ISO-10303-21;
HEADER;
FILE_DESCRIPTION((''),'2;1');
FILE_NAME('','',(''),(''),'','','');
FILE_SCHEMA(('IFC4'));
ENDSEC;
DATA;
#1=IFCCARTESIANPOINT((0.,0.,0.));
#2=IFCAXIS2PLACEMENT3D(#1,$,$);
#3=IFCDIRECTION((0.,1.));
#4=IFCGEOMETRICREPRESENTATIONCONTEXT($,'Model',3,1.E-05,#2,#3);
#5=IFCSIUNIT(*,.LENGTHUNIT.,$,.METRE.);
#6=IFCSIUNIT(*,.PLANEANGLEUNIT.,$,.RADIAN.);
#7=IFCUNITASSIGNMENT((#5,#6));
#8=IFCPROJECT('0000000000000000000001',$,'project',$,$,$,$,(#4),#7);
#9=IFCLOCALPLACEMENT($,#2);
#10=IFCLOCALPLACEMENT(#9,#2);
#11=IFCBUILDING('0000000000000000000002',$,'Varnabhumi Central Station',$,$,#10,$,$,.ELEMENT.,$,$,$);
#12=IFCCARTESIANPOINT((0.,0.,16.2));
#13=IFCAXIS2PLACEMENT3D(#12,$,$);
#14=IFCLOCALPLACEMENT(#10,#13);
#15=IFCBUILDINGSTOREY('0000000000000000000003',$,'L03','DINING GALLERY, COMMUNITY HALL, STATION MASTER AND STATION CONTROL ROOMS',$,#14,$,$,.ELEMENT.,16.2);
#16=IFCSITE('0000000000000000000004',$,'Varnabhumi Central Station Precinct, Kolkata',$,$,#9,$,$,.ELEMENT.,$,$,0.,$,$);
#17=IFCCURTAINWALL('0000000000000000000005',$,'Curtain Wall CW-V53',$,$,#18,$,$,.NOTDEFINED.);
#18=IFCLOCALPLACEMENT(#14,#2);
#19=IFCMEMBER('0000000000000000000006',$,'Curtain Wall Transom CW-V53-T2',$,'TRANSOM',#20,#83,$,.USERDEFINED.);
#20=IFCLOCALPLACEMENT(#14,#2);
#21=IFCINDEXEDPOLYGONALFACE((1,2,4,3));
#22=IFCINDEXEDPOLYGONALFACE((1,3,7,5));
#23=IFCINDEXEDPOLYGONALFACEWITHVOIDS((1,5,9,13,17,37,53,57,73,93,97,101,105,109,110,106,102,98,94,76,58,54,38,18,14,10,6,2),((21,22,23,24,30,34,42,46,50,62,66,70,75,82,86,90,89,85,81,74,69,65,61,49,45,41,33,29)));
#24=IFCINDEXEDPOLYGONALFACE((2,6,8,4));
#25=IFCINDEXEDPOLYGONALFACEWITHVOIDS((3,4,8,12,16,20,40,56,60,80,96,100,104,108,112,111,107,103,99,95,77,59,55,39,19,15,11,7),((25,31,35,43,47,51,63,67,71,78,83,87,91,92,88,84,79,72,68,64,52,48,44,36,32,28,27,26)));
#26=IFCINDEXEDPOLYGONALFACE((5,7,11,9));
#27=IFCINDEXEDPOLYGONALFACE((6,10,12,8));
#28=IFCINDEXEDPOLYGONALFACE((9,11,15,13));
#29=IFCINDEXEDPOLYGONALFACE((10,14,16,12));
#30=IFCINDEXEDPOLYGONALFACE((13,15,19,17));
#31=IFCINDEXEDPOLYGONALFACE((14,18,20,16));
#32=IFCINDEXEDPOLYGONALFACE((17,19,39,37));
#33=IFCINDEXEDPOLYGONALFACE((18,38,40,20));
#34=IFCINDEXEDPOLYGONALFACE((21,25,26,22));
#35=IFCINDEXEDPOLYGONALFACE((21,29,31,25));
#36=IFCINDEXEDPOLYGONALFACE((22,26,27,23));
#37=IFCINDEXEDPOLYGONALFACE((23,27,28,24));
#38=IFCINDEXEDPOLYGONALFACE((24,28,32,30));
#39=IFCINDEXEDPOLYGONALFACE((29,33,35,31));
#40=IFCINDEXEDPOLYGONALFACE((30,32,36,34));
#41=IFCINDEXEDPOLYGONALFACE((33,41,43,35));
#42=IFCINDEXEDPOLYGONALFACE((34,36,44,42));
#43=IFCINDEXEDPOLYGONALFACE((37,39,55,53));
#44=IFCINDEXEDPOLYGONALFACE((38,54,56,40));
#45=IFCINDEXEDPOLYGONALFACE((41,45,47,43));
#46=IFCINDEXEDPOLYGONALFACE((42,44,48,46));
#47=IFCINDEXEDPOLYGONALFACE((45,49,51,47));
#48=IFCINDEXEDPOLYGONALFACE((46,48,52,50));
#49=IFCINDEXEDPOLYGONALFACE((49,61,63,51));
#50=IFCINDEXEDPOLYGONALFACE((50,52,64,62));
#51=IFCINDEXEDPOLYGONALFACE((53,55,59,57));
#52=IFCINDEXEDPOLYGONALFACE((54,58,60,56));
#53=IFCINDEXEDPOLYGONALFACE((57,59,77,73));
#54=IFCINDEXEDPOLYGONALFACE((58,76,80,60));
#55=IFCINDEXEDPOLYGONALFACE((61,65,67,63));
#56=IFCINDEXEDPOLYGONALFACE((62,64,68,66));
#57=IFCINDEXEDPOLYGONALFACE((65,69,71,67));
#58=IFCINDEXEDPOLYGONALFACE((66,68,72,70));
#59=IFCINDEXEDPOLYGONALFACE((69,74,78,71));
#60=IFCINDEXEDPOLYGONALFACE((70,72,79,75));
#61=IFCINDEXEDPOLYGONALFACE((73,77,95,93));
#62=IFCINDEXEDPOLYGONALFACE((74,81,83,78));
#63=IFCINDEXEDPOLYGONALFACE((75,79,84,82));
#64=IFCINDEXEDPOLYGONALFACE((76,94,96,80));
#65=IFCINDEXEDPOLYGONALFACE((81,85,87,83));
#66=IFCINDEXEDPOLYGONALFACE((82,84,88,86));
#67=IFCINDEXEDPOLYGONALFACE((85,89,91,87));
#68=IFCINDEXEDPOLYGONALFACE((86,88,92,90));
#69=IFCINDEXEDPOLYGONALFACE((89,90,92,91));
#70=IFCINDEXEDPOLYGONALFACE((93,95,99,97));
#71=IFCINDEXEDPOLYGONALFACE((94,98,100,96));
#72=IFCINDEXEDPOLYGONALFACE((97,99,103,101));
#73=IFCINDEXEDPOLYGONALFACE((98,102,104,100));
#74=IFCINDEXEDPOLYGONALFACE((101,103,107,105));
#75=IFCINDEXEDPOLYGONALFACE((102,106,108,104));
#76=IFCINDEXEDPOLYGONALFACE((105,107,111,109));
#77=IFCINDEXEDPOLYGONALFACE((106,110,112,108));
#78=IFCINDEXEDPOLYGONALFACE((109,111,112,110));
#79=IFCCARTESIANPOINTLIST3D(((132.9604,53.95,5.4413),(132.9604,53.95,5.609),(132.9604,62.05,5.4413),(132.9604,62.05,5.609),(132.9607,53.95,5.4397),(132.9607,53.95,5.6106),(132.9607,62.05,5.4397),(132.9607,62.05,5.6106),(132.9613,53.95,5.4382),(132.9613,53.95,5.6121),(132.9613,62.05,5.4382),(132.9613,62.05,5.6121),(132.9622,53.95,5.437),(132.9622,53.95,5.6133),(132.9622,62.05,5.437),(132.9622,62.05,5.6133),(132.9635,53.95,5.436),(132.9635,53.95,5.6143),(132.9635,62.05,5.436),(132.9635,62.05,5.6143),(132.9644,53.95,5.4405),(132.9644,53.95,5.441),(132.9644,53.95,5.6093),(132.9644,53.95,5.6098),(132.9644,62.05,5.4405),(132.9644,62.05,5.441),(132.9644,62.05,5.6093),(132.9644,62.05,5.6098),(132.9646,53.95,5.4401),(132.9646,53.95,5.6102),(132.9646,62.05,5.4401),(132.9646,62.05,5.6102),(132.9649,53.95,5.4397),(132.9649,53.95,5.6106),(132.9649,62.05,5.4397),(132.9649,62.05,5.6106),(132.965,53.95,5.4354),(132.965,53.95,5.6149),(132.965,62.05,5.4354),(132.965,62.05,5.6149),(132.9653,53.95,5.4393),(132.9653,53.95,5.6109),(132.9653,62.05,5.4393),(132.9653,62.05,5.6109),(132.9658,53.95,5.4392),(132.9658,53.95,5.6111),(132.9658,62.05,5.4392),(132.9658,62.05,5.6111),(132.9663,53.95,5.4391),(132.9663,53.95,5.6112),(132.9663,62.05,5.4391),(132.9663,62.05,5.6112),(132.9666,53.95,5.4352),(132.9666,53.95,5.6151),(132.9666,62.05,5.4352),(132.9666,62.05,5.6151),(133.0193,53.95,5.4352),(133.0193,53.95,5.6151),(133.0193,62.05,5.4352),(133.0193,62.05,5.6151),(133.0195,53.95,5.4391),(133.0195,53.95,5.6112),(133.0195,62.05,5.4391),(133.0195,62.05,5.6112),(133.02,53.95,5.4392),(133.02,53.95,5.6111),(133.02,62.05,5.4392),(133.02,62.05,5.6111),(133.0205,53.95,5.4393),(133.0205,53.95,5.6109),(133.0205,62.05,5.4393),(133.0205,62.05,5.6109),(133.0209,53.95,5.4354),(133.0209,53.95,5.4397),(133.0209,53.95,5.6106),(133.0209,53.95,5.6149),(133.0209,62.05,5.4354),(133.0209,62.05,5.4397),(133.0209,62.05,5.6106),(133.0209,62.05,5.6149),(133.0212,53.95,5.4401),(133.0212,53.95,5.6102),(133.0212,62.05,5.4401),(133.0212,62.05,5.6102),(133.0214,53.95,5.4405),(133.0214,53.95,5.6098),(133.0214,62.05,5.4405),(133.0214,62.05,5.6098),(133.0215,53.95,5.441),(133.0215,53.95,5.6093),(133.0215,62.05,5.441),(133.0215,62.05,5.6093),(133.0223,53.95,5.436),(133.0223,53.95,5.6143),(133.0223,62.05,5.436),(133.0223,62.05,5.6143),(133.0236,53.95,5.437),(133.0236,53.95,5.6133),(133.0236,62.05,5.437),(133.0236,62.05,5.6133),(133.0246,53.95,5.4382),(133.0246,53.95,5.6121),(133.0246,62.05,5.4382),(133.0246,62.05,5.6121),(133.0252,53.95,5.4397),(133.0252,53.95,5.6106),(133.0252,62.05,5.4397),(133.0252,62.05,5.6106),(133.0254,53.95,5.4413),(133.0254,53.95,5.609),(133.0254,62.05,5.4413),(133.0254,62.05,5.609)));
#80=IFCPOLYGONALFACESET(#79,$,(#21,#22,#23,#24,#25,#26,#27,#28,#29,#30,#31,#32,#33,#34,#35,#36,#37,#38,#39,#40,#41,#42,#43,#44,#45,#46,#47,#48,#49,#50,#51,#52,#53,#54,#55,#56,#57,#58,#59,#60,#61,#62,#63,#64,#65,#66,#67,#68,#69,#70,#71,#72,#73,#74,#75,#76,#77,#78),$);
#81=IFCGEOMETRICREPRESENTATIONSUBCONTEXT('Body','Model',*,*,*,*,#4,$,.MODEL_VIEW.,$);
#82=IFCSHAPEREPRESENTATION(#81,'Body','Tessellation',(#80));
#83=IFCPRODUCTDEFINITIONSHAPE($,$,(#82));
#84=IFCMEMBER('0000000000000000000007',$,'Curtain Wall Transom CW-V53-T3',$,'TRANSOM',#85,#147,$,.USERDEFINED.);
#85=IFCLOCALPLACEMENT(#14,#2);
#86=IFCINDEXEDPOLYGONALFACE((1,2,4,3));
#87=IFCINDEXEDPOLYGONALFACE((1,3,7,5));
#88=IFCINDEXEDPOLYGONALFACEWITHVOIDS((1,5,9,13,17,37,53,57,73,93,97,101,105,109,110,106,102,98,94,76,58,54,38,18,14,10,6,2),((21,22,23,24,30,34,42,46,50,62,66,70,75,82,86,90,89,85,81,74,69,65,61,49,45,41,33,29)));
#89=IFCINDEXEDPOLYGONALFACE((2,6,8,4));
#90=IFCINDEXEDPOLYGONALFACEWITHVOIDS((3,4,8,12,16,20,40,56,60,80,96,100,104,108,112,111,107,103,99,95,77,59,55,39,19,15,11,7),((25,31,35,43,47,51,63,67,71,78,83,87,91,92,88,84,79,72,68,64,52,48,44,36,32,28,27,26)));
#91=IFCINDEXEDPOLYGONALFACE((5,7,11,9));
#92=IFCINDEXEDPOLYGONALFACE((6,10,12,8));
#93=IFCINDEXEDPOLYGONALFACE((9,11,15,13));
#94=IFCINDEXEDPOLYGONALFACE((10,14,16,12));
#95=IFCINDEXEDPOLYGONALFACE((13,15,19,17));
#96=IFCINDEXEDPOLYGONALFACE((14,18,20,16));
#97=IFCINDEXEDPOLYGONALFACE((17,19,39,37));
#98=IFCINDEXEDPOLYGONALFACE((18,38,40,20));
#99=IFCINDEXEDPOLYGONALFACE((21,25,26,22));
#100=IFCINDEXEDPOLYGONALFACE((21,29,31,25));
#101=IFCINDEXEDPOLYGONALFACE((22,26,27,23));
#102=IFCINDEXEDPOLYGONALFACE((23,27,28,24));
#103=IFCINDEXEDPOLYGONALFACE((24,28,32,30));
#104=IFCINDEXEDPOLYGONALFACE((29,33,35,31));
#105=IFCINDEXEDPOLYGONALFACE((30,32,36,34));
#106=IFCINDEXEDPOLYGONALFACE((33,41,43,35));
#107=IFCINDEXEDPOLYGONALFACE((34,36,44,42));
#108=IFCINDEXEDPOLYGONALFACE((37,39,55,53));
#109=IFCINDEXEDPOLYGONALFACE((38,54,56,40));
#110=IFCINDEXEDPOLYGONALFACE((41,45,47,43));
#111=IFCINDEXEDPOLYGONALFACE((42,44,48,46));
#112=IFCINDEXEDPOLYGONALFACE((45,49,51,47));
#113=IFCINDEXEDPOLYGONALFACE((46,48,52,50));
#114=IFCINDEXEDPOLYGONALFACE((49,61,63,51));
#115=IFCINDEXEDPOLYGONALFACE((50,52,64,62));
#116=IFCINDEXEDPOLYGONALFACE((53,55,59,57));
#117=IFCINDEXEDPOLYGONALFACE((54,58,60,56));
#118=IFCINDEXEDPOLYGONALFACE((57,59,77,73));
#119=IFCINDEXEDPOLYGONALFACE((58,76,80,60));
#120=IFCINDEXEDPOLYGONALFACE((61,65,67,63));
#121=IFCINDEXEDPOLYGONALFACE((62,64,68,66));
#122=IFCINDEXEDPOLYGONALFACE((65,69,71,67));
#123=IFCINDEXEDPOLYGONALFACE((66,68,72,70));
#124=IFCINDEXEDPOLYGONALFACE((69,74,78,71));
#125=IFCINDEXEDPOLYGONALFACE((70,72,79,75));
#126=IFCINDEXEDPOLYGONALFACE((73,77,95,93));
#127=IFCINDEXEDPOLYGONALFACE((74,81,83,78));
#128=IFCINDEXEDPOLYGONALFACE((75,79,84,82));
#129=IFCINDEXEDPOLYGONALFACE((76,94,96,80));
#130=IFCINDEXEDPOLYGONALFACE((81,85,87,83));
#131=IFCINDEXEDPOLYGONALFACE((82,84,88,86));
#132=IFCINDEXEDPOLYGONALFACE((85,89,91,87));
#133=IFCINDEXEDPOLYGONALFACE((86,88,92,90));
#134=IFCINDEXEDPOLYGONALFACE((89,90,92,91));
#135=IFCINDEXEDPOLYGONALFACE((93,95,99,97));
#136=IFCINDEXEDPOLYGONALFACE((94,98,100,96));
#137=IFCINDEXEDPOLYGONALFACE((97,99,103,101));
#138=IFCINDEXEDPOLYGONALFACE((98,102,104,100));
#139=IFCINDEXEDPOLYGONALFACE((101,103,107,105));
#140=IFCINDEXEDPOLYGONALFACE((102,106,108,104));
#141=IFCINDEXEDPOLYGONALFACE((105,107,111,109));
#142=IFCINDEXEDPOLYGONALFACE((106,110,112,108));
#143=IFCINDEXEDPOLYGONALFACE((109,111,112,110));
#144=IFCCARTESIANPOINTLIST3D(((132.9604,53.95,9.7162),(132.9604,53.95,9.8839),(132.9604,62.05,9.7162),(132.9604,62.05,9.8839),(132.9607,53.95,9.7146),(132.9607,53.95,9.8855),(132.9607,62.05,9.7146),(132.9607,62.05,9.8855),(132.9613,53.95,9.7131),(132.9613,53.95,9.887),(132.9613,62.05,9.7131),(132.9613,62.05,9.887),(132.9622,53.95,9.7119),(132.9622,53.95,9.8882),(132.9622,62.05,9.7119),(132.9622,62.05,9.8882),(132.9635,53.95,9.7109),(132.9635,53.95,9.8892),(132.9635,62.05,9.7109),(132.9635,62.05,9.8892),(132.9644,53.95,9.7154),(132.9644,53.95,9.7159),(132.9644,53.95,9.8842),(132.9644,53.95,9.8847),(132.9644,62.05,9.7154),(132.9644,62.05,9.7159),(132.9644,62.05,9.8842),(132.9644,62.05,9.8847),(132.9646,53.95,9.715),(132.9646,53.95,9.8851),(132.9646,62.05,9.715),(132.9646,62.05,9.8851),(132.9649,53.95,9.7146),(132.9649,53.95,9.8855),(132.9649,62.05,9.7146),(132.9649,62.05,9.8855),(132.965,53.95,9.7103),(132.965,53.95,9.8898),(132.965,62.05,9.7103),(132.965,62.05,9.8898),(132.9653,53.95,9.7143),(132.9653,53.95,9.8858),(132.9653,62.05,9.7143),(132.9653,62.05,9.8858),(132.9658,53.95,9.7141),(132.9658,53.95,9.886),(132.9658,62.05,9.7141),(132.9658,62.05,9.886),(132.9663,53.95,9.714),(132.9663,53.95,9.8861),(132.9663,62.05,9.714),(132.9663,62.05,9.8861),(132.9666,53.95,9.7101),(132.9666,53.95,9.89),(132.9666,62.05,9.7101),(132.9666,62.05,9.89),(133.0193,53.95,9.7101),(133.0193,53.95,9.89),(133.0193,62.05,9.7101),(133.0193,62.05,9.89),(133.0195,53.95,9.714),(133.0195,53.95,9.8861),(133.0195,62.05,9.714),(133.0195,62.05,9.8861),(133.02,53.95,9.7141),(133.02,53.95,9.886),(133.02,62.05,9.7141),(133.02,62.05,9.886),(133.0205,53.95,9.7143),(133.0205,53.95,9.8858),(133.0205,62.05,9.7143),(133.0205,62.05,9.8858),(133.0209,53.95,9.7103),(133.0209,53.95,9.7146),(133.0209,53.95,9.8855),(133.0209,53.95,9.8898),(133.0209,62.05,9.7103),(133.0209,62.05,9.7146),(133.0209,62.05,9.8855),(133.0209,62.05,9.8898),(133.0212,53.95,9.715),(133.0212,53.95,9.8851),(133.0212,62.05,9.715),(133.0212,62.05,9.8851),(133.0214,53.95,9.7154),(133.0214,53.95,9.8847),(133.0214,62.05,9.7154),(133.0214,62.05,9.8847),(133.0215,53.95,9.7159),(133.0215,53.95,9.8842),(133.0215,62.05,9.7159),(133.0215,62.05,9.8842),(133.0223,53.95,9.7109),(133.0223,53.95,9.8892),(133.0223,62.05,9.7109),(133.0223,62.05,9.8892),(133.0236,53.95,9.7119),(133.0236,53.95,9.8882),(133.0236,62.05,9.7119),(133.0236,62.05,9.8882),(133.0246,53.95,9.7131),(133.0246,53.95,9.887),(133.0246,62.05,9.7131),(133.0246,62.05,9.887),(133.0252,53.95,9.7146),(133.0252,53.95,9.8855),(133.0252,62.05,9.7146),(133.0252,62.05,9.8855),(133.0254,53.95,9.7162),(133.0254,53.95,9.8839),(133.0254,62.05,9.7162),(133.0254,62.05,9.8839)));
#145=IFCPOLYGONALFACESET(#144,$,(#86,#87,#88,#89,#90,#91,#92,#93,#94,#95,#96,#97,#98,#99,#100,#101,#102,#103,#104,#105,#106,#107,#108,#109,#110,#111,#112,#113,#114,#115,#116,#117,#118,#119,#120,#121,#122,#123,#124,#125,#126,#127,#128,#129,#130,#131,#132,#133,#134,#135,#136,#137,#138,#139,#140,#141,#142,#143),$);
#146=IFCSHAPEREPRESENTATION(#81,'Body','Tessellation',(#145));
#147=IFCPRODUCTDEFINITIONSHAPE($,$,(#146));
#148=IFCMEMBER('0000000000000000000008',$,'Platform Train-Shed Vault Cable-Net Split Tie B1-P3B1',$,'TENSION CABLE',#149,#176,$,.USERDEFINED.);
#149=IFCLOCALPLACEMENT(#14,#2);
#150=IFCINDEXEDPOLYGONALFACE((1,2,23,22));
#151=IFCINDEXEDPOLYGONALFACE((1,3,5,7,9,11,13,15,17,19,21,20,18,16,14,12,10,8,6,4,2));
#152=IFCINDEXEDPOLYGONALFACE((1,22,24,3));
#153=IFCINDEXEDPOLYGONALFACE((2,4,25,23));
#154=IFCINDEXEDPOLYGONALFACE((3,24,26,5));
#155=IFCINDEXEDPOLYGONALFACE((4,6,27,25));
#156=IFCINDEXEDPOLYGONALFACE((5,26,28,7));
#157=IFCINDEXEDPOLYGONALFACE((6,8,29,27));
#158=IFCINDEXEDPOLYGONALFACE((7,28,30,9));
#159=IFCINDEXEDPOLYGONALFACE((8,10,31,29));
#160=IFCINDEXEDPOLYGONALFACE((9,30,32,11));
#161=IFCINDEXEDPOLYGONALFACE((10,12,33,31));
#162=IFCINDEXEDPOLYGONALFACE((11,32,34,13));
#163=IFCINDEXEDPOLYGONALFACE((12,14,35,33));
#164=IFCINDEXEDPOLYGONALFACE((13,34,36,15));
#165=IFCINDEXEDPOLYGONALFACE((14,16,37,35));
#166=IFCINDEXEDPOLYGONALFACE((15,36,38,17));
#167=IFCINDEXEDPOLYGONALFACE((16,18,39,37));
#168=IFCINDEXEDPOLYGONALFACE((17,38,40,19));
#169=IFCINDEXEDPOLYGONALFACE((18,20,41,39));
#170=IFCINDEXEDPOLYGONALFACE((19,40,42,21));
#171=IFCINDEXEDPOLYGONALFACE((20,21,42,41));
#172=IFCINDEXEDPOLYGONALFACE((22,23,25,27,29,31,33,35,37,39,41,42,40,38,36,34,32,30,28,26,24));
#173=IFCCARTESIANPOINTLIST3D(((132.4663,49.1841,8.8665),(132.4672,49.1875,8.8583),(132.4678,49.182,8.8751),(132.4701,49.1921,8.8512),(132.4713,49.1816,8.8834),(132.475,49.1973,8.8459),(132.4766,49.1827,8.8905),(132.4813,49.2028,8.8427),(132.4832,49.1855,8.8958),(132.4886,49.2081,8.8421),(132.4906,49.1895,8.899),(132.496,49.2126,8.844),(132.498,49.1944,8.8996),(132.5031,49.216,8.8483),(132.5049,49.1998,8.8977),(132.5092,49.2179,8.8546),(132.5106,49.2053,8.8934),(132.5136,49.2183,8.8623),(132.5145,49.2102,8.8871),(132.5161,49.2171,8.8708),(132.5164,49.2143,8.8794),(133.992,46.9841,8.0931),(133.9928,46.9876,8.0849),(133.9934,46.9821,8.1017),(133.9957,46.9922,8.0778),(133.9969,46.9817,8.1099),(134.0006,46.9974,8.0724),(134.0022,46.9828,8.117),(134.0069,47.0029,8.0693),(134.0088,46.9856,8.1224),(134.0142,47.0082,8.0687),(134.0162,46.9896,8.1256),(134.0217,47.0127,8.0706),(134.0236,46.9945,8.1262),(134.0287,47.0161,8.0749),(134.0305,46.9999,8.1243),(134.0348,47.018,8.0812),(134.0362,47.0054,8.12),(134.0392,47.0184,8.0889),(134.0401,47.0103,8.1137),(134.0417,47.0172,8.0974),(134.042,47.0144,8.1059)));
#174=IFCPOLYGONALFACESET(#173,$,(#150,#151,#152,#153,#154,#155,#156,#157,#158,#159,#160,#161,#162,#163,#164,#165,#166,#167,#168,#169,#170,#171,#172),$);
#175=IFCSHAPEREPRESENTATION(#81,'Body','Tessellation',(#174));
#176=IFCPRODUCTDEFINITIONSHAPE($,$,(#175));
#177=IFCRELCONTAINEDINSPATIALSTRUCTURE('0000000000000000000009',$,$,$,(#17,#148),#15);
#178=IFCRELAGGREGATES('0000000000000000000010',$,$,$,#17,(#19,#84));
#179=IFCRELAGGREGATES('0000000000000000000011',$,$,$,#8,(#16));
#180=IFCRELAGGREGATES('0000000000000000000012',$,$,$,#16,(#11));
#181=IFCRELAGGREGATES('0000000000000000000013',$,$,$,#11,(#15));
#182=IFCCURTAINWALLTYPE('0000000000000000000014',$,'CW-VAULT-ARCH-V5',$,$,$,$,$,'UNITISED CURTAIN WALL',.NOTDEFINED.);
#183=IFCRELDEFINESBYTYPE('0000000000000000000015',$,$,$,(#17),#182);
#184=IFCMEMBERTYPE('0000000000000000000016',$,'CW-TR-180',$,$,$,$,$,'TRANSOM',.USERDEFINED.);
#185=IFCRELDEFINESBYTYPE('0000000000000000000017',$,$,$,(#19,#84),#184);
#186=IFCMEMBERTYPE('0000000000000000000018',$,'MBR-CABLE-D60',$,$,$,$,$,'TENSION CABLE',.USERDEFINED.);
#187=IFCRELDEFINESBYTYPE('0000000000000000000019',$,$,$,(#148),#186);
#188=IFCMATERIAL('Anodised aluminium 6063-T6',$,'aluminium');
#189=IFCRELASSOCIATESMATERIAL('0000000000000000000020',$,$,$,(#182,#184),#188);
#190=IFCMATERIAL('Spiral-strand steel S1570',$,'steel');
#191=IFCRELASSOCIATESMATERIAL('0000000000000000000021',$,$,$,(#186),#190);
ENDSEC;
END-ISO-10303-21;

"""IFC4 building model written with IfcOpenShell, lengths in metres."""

from ifc_helpers import new_model, si_unit, direction, frame, origin, origin_2d, place, context, subcontext, project, spatial, hollow_rectangle, circle, extrude, material, material_profile, profile_set, type_object, element, aggregate, save


model = new_model("IFC4")

# Units and contexts
model_context = context("Model", 3, precision=1e-05, world=origin(), true_north=direction((0.0, 1.0)))
body_context = subcontext(model_context, "Body", "Model", "MODEL_VIEW")
ifc_project = project(units=[si_unit("LENGTHUNIT", "METRE"), si_unit("PLANEANGLEUNIT", "RADIAN")], contexts=[model_context])

# Site, building, storey
site_placement = place(None, origin())
site = spatial("IfcSite", under=ifc_project, at=site_placement, Name="Varnabhumi Central Station Precinct, Kolkata", CompositionType="ELEMENT", RefElevation=0.0)
building_placement = place(site_placement, origin())
building = spatial("IfcBuilding", under=site, at=building_placement, Name="Varnabhumi Central Station", CompositionType="ELEMENT")
storey_placement = place(building_placement, frame((0.0, 0.0, 16.2)))
storey = spatial("IfcBuildingStorey", under=building, at=storey_placement, Name="L03", Description="DINING GALLERY, COMMUNITY HALL, STATION MASTER AND STATION CONTROL ROOMS", CompositionType="ELEMENT", Elevation=16.2)

# Curtain wall, members
ifc_material_1 = material(Name="Anodised aluminium 6063-T6", Category="aluminium")
curtain_wall_type = type_object("IfcCurtainWallType", Name="CW-VAULT-ARCH-V5", ElementType="UNITISED CURTAIN WALL", PredefinedType="NOTDEFINED", material=ifc_material_1)
curtain_wall_1_placement = place(storey_placement, origin())
curtain_wall_1 = element("IfcCurtainWall", 1, at=curtain_wall_1_placement, inside=storey, type_object=curtain_wall_type, Name="Curtain Wall CW-V53", PredefinedType="NOTDEFINED")
ifc_material_profile_1 = material_profile(ifc_material_1, hollow_rectangle(XDim=0.0649, YDim=0.1799, WallThickness=0.0039, InnerFilletRadius=0.002, OuterFilletRadius=0.0061, at=origin_2d()), Name="Anodised aluminium 6063-T6", Category="aluminium")
ifc_profile_set_1 = profile_set([ifc_material_profile_1], Name="Anodised aluminium 6063-T6")
member_type_1 = type_object("IfcMemberType", Name="CW-TR-180", ElementType="TRANSOM", PredefinedType="USERDEFINED", material=ifc_profile_set_1)
member_1_placement = place(storey_placement, frame((132.9929, 53.95, 5.5251), z_axis=(0.0, 1.0, 0.0), x_axis=(-1.0, 0.0, 0.0)))
member_1 = element("IfcMember", 2, at=member_1_placement, type_object=member_type_1, Name="Curtain Wall Transom CW-V53-T2", ObjectType="TRANSOM", PredefinedType="USERDEFINED", context=body_context, shape_type="SweptSolid", body=[
    extrude(hollow_rectangle(XDim=0.0649, YDim=0.1799, WallThickness=0.0039, InnerFilletRadius=0.002, OuterFilletRadius=0.0061, at=origin_2d()), origin(), (0.0, 0.0, 1.0), 8.1001),
])
member_2_placement = place(storey_placement, frame((132.9929, 53.95, 9.8), z_axis=(0.0, 1.0, 0.0), x_axis=(-1.0, 0.0, 0.0)))
member_2 = element("IfcMember", 3, at=member_2_placement, type_object=member_type_1, Name="Curtain Wall Transom CW-V53-T3", ObjectType="TRANSOM", PredefinedType="USERDEFINED", context=body_context, shape_type="SweptSolid", body=[
    extrude(hollow_rectangle(XDim=0.0649, YDim=0.1799, WallThickness=0.0039, InnerFilletRadius=0.002, OuterFilletRadius=0.0061, at=origin_2d()), origin(), (0.0, 0.0, 1.0), 8.1001),
])

# Member
ifc_material_2 = material(Name="Spiral-strand steel S1570", Category="steel")
ifc_material_profile_2 = material_profile(ifc_material_2, circle(Radius=0.03, at=origin_2d()), Name="Spiral-strand steel S1570", Category="steel")
ifc_profile_set_2 = profile_set([ifc_material_profile_2], Name="Spiral-strand steel S1570")
member_type_2 = type_object("IfcMemberType", Name="MBR-CABLE-D60", ElementType="TENSION CABLE", PredefinedType="USERDEFINED", material=ifc_profile_set_2)
member_3_placement = place(storey_placement, frame((132.4915, 49.2, 8.8708), z_axis=(0.547475, -0.789454, -0.277549), x_axis=(0.821739, 0.569864, 0.0)))
element("IfcMember", 4, at=member_3_placement, inside=storey, type_object=member_type_2, Name="Platform Train-Shed Vault Cable-Net Split Tie B1-P3B1", ObjectType="TENSION CABLE", PredefinedType="USERDEFINED", context=body_context, shape_type="SweptSolid", body=[
    extrude(circle(Radius=0.03, at=origin_2d()), origin(), (0.0, 0.0, 1.0), 2.7866),
])

aggregate(curtain_wall_1, [member_1, member_2])

save(model, "model.ifc")
